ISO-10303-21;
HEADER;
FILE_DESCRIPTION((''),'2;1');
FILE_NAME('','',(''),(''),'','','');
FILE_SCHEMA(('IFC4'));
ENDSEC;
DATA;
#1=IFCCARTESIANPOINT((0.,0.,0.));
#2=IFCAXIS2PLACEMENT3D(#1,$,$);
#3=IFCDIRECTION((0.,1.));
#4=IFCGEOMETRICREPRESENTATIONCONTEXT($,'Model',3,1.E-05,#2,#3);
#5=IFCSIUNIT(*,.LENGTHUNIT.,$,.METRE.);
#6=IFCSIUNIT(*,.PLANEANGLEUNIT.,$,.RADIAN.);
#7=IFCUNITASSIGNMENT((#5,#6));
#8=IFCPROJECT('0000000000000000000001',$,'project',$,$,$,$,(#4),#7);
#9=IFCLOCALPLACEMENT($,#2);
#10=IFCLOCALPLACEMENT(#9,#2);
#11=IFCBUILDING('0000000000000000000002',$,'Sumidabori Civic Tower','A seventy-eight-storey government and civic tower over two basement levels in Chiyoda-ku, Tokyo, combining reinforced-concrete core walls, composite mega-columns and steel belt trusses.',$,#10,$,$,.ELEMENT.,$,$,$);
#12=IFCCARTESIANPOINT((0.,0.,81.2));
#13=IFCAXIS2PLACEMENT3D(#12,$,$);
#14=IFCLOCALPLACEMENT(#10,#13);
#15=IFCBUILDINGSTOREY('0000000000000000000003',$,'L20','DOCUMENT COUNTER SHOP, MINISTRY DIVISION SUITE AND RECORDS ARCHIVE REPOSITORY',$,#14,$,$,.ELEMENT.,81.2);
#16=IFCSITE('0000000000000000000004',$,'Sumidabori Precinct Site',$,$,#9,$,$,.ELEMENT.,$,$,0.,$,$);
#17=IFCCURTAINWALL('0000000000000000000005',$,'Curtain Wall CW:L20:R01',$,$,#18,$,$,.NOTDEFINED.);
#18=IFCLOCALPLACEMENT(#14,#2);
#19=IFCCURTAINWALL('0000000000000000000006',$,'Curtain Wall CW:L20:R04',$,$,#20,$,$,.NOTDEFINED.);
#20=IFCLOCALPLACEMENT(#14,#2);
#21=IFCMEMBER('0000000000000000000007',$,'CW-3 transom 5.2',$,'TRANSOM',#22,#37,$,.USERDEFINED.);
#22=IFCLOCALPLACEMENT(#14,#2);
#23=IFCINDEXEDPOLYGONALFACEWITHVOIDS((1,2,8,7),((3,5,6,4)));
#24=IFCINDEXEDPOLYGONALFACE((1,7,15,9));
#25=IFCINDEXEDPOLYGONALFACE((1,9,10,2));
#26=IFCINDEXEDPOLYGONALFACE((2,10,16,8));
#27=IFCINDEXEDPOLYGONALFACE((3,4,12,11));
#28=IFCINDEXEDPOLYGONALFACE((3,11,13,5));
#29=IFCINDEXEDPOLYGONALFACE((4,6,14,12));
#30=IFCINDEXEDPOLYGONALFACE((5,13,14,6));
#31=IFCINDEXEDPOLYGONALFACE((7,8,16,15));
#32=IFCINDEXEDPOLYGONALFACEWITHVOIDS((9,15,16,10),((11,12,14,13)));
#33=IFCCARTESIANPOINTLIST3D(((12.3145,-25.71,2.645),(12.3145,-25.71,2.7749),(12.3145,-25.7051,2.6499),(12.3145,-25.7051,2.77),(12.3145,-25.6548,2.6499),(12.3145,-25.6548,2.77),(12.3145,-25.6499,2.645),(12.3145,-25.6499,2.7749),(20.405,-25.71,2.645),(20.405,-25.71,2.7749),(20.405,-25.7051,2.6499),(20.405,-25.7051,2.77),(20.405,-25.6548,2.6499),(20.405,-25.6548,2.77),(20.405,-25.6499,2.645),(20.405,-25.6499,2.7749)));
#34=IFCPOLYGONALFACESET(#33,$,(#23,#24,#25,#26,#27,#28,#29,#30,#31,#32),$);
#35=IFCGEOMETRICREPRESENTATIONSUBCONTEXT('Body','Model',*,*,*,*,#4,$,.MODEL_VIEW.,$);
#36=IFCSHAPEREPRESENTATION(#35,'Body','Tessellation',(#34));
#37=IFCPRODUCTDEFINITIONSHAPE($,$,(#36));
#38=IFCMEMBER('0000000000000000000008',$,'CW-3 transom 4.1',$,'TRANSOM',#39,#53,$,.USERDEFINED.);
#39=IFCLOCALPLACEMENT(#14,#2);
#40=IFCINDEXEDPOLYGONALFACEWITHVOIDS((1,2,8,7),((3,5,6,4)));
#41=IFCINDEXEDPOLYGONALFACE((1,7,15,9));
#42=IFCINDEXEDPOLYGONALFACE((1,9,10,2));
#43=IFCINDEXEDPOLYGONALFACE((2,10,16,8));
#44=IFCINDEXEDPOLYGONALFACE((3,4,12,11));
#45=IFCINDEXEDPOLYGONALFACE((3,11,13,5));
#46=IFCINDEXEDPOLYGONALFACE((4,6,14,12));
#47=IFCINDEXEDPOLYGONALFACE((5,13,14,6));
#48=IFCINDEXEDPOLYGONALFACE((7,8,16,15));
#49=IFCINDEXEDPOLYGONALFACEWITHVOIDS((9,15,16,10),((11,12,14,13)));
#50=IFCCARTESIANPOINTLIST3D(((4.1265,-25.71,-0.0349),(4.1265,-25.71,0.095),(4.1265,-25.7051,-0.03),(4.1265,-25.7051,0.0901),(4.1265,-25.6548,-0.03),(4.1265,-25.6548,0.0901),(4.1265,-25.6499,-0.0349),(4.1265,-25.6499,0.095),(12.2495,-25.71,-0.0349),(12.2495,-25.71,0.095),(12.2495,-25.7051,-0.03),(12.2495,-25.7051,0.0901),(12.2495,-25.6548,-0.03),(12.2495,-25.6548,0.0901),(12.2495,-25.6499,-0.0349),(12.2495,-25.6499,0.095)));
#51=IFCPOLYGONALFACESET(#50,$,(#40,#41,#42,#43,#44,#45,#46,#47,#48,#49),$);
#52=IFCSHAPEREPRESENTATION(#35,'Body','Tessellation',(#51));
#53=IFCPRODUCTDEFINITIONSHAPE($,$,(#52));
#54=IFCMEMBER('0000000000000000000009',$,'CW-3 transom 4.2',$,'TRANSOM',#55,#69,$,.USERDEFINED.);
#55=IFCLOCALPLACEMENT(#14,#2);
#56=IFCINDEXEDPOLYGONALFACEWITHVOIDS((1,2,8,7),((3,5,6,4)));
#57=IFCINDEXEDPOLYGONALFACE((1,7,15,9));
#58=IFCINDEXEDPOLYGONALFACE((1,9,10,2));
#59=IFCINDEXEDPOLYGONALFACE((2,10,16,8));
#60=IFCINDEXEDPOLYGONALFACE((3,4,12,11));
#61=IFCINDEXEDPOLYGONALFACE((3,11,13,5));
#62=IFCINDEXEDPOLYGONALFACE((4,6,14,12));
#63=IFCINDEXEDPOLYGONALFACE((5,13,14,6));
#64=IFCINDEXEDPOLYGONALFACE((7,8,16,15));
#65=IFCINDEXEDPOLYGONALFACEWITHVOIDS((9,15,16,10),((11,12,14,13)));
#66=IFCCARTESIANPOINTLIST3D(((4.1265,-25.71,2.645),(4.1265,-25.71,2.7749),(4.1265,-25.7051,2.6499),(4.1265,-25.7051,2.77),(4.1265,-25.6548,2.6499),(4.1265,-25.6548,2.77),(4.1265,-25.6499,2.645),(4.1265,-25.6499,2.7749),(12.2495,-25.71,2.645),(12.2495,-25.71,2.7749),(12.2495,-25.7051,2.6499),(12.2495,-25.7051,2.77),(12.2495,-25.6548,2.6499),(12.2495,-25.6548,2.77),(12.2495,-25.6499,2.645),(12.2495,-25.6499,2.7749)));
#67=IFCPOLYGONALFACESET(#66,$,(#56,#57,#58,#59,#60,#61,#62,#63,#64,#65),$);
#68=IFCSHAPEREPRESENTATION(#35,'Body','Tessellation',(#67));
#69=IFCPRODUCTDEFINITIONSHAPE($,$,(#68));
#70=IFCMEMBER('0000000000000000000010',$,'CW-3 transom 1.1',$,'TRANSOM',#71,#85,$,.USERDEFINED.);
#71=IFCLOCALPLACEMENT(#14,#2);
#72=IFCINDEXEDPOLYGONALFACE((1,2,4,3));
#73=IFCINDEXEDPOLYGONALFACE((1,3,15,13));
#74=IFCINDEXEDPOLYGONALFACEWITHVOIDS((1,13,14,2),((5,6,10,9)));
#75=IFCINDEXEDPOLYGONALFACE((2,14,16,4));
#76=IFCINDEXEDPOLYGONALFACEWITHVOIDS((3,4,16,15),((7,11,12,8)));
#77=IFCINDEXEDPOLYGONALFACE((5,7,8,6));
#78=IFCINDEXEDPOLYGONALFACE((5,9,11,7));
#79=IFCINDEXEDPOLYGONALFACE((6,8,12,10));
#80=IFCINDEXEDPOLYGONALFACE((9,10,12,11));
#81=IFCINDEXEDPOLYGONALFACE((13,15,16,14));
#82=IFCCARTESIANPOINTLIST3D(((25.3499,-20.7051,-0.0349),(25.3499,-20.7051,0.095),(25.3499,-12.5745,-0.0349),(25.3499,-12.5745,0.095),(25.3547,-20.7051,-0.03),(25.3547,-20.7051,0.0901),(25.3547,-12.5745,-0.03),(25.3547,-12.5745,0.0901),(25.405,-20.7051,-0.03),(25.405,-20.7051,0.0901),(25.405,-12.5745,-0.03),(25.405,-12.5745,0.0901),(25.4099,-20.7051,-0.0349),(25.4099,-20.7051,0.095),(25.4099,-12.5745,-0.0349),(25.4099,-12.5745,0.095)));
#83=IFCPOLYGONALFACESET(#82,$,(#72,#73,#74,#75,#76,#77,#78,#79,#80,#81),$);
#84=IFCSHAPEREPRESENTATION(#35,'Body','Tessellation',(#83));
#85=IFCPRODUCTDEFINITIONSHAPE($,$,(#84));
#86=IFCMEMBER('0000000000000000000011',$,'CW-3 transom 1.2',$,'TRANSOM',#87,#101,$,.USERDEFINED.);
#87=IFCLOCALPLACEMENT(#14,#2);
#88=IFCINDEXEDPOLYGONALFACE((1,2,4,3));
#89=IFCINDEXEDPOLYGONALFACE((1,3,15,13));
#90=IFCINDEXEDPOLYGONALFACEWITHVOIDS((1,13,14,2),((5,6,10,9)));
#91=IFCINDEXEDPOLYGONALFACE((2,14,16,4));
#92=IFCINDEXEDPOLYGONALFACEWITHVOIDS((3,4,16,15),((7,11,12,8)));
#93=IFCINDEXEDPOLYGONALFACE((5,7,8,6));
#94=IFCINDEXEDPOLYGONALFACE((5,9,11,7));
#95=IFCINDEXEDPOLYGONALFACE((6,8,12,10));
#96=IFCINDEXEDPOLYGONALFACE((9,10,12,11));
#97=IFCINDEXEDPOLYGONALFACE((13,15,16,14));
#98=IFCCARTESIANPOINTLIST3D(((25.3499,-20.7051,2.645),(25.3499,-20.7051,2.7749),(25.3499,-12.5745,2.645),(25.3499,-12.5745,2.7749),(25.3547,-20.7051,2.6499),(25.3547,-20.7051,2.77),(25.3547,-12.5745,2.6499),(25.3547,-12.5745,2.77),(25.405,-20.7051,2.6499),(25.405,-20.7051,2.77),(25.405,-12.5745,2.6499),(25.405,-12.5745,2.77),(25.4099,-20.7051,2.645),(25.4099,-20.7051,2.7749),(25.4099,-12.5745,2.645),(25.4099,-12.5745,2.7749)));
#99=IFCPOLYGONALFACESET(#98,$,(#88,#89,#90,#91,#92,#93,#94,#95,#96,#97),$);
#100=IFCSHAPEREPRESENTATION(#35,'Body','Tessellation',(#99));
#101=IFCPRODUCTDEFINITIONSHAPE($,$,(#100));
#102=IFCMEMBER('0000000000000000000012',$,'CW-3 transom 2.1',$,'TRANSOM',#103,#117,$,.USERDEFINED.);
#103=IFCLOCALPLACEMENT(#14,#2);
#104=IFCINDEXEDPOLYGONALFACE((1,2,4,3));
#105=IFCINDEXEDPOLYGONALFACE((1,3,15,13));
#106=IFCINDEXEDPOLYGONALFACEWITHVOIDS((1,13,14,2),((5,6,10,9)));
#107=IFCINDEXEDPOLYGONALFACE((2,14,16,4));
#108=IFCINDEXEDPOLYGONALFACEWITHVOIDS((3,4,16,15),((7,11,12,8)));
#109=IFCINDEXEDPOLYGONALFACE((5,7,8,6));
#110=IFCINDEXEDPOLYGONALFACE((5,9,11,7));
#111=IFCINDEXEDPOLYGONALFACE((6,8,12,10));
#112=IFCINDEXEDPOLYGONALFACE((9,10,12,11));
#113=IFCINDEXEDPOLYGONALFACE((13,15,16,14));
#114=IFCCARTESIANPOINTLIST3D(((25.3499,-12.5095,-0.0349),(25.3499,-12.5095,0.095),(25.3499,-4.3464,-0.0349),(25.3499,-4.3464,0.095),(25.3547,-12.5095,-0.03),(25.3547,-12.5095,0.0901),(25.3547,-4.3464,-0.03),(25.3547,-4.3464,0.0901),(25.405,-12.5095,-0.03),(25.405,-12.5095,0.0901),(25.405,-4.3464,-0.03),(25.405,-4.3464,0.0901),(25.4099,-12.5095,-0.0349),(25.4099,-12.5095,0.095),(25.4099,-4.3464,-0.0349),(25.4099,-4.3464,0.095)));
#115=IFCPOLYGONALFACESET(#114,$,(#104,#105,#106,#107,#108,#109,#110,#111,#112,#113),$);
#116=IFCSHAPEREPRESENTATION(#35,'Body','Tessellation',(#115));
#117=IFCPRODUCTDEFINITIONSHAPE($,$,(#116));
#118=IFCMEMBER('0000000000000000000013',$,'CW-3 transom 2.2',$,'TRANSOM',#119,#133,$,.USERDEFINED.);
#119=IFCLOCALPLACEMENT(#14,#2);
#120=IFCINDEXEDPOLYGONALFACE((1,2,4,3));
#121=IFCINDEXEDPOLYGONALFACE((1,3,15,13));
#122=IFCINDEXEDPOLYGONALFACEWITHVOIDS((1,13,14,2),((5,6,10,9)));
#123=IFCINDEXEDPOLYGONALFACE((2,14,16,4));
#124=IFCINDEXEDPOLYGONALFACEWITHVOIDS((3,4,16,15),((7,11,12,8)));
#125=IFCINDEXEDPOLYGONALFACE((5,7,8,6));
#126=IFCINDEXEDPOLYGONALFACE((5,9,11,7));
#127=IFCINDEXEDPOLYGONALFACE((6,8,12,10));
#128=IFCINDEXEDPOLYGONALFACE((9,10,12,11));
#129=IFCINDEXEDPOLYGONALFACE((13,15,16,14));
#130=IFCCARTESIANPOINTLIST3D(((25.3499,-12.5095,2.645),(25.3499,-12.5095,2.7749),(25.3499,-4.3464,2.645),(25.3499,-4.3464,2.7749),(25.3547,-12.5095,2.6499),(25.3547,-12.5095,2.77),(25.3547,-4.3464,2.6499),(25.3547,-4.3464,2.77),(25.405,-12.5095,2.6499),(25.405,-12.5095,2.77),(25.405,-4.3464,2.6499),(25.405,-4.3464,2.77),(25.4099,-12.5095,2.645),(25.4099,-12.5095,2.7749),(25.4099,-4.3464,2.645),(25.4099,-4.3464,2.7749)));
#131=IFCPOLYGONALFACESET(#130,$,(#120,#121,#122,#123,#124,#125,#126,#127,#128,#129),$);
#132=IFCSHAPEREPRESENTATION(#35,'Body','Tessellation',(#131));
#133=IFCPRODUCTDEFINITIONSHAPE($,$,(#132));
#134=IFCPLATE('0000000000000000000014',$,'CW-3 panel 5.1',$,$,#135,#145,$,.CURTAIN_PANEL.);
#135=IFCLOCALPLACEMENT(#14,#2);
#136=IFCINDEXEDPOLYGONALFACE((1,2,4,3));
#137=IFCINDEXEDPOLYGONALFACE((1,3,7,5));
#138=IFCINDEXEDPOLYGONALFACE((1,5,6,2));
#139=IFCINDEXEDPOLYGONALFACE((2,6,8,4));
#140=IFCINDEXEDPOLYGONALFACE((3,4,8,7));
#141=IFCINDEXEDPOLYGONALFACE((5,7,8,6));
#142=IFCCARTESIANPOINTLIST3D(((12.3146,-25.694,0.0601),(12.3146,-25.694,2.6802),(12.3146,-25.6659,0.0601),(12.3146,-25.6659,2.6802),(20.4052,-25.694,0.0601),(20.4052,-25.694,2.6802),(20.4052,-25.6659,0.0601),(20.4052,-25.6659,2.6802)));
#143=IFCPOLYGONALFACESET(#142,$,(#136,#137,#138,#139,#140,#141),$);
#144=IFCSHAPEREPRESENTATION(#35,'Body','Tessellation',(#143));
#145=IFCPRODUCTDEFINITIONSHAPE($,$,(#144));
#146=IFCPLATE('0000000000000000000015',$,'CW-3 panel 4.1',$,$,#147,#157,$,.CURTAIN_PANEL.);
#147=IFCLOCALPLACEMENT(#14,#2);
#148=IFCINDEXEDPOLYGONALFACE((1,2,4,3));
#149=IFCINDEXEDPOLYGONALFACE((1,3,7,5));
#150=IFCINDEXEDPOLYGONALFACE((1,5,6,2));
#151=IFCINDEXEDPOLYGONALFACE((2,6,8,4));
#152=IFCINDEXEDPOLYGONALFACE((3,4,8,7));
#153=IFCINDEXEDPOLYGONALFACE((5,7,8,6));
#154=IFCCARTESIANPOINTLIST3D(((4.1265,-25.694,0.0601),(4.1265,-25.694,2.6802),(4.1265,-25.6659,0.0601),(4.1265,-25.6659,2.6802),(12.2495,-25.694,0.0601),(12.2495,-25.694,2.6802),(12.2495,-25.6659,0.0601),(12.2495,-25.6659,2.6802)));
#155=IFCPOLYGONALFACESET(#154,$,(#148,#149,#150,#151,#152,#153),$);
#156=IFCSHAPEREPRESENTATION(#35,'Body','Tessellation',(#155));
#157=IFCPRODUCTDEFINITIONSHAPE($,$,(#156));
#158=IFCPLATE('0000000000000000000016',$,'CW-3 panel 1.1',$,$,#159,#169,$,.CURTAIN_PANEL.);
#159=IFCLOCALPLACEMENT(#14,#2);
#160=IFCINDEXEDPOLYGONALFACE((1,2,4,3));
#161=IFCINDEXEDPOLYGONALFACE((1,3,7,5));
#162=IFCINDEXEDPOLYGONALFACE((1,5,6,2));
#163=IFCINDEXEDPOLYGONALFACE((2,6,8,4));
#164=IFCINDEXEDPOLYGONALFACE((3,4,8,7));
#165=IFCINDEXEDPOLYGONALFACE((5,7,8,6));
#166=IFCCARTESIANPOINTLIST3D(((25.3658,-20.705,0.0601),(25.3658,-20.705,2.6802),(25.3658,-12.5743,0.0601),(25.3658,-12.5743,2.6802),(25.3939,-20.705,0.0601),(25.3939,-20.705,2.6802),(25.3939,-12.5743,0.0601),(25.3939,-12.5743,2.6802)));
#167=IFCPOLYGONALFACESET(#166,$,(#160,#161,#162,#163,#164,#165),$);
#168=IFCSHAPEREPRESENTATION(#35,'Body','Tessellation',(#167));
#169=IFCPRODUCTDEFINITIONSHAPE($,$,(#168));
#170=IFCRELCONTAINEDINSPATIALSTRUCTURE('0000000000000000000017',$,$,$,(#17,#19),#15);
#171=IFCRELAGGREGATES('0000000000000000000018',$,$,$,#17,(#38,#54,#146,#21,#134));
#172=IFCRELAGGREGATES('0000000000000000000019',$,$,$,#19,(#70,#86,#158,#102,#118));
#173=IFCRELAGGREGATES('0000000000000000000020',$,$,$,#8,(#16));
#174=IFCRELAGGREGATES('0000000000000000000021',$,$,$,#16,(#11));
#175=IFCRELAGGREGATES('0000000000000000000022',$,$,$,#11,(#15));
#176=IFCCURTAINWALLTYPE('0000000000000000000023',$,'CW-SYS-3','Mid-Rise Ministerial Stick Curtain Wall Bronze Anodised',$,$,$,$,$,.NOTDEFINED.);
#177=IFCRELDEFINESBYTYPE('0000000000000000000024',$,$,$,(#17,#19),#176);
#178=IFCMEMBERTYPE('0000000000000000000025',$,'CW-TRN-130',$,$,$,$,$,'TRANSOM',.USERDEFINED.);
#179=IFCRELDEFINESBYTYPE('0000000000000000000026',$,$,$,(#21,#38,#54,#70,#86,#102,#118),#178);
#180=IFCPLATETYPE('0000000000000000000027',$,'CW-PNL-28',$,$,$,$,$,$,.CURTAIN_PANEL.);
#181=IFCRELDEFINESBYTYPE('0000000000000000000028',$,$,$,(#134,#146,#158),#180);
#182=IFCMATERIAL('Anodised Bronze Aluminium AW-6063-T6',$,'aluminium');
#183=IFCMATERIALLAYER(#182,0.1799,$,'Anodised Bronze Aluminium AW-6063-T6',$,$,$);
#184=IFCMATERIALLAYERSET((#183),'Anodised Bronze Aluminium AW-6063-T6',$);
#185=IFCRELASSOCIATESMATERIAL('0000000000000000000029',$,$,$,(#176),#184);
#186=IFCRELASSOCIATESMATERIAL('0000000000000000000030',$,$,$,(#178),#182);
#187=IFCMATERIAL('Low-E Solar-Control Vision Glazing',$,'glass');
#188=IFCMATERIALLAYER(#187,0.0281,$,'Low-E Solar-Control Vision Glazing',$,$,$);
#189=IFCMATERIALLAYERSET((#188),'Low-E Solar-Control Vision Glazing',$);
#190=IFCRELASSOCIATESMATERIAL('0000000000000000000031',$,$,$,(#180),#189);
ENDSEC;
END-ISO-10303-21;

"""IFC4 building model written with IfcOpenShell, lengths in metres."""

from ifc_helpers import new_model, si_unit, direction, frame, origin, origin_2d, place, context, subcontext, project, spatial, rectangle, hollow_rectangle, extrude, source, transform, mapped, material, layer, layer_set, material_profile, profile_set, type_object, element, aggregate, save


model = new_model("IFC4")

# Units and contexts
model_context = context("Model", 3, precision=1e-05, world=origin(), true_north=direction((0.0, 1.0)))
body_context = subcontext(model_context, "Body", "Model", "MODEL_VIEW")
ifc_project = project(units=[si_unit("LENGTHUNIT", "METRE"), si_unit("PLANEANGLEUNIT", "RADIAN")], contexts=[model_context])

# Site, building, storey
site_placement = place(None, origin())
site = spatial("IfcSite", under=ifc_project, at=site_placement, Name="Sumidabori Precinct Site", CompositionType="ELEMENT", RefElevation=0.0)
building_placement = place(site_placement, origin())
building = spatial("IfcBuilding", under=site, at=building_placement, Name="Sumidabori Civic Tower", Description="A seventy-eight-storey government and civic tower over two basement levels in Chiyoda-ku, Tokyo, combining reinforced-concrete core walls, composite mega-columns and steel belt trusses.", CompositionType="ELEMENT")
storey_placement = place(building_placement, frame((0.0, 0.0, 81.2)))
storey = spatial("IfcBuildingStorey", under=building, at=storey_placement, Name="L20", Description="DOCUMENT COUNTER SHOP, MINISTRY DIVISION SUITE AND RECORDS ARCHIVE REPOSITORY", CompositionType="ELEMENT", Elevation=81.2)

# Curtain walls
ifc_material_1 = material(Name="Anodised Bronze Aluminium AW-6063-T6", Category="aluminium")
ifc_layer_1 = layer(ifc_material_1, 0.1799, Name="Anodised Bronze Aluminium AW-6063-T6")
ifc_layer_set_1 = layer_set([ifc_layer_1], Name="Anodised Bronze Aluminium AW-6063-T6")
curtain_wall_type = type_object("IfcCurtainWallType", Name="CW-SYS-3", Description="Mid-Rise Ministerial Stick Curtain Wall Bronze Anodised", PredefinedType="NOTDEFINED", material=ifc_layer_set_1)
curtain_wall_1_placement = place(storey_placement, origin())
curtain_wall_1 = element("IfcCurtainWall", 1, at=curtain_wall_1_placement, inside=storey, type_object=curtain_wall_type, Name="Curtain Wall CW:L20:R01", PredefinedType="NOTDEFINED")
curtain_wall_2_placement = place(storey_placement, origin())
curtain_wall_2 = element("IfcCurtainWall", 2, at=curtain_wall_2_placement, inside=storey, type_object=curtain_wall_type, Name="Curtain Wall CW:L20:R04", PredefinedType="NOTDEFINED")

# Members
ifc_material_profile_1 = material_profile(ifc_material_1, hollow_rectangle(XDim=0.0601, YDim=0.1299, WallThickness=0.0049, at=origin_2d()), Name="ALU TRANSOM 130x60")
ifc_profile_set_1 = profile_set([ifc_material_profile_1], Name="Anodised Bronze Aluminium AW-6063-T6")
member_type_1 = type_object("IfcMemberType", Name="CW-TRN-130", ElementType="TRANSOM", PredefinedType="USERDEFINED", material=ifc_profile_set_1)
shared_shape_1 = source(origin(), body_context, "Body", "SweptSolid", [
    extrude(hollow_rectangle(XDim=0.0601, YDim=0.1299, WallThickness=0.0049, at=origin_2d()), origin(), (0.0, 0.0, 1.0), 8.0906),
])
member_1_placement = place(storey_placement, frame((12.3145, -25.6799, 2.71), z_axis=(1.0, 0.0, 0.0), x_axis=(0.0, 1.0, 0.0)))
member_1 = element("IfcMember", 3, at=member_1_placement, type_object=member_type_1, Name="CW-3 transom 5.2", ObjectType="TRANSOM", PredefinedType="USERDEFINED", context=body_context, shape_type="MappedRepresentation", body=[
    mapped(shared_shape_1, transform((0.0, 0.0, 0.0), x_axis=(1.0, 0.0, 0.0), y_axis=(0.0, 1.0, 0.0), z_axis=(0.0, 0.0, 1.0), scale=1.0)),
])
shared_shape_2 = source(origin(), body_context, "Body", "SweptSolid", [
    extrude(hollow_rectangle(XDim=0.0601, YDim=0.1299, WallThickness=0.0049, at=origin_2d()), origin(), (0.0, 0.0, 1.0), 8.123),
])
member_2_placement = place(storey_placement, frame((4.1265, -25.6799, 0.03), z_axis=(1.0, 0.0, 0.0), x_axis=(0.0, 1.0, 0.0)))
member_2 = element("IfcMember", 4, at=member_2_placement, type_object=member_type_1, Name="CW-3 transom 4.1", ObjectType="TRANSOM", PredefinedType="USERDEFINED", context=body_context, shape_type="MappedRepresentation", body=[
    mapped(shared_shape_2, transform((0.0, 0.0, 0.0), x_axis=(1.0, 0.0, 0.0), y_axis=(0.0, 1.0, 0.0), z_axis=(0.0, 0.0, 1.0), scale=1.0)),
])
member_3_placement = place(storey_placement, frame((4.1265, -25.6799, 2.71), z_axis=(1.0, 0.0, 0.0), x_axis=(0.0, 1.0, 0.0)))
member_3 = element("IfcMember", 5, at=member_3_placement, type_object=member_type_1, Name="CW-3 transom 4.2", ObjectType="TRANSOM", PredefinedType="USERDEFINED", context=body_context, shape_type="MappedRepresentation", body=[
    mapped(shared_shape_2, transform((0.0, 0.0, 0.0), x_axis=(1.0, 0.0, 0.0), y_axis=(0.0, 1.0, 0.0), z_axis=(0.0, 0.0, 1.0), scale=1.0)),
])
shared_shape_3 = source(origin(), body_context, "Body", "SweptSolid", [
    extrude(hollow_rectangle(XDim=0.0601, YDim=0.1299, WallThickness=0.0049, at=origin_2d()), origin(), (0.0, 0.0, 1.0), 8.1306),
])
member_4_placement = place(storey_placement, frame((25.3799, -20.7051, 0.03), z_axis=(0.0, 1.0, 0.0), x_axis=(-1.0, 0.0, 0.0)))
member_4 = element("IfcMember", 6, at=member_4_placement, type_object=member_type_1, Name="CW-3 transom 1.1", ObjectType="TRANSOM", PredefinedType="USERDEFINED", context=body_context, shape_type="MappedRepresentation", body=[
    mapped(shared_shape_3, transform((0.0, 0.0, 0.0), x_axis=(1.0, 0.0, 0.0), y_axis=(0.0, 1.0, 0.0), z_axis=(0.0, 0.0, 1.0), scale=1.0)),
])
member_5_placement = place(storey_placement, frame((25.3799, -20.7051, 2.71), z_axis=(0.0, 1.0, 0.0), x_axis=(-1.0, 0.0, 0.0)))
member_5 = element("IfcMember", 7, at=member_5_placement, type_object=member_type_1, Name="CW-3 transom 1.2", ObjectType="TRANSOM", PredefinedType="USERDEFINED", context=body_context, shape_type="MappedRepresentation", body=[
    mapped(shared_shape_3, transform((0.0, 0.0, 0.0), x_axis=(1.0, 0.0, 0.0), y_axis=(0.0, 1.0, 0.0), z_axis=(0.0, 0.0, 1.0), scale=1.0)),
])
shared_shape_4 = source(origin(), body_context, "Body", "SweptSolid", [
    extrude(hollow_rectangle(XDim=0.0601, YDim=0.1299, WallThickness=0.0049, at=origin_2d()), origin(), (0.0, 0.0, 1.0), 8.1631),
])
member_6_placement = place(storey_placement, frame((25.3799, -12.5095, 0.03), z_axis=(0.0, 1.0, 0.0), x_axis=(-1.0, 0.0, 0.0)))
member_6 = element("IfcMember", 8, at=member_6_placement, type_object=member_type_1, Name="CW-3 transom 2.1", ObjectType="TRANSOM", PredefinedType="USERDEFINED", context=body_context, shape_type="MappedRepresentation", body=[
    mapped(shared_shape_4, transform((0.0, 0.0, 0.0), x_axis=(1.0, 0.0, 0.0), y_axis=(0.0, 1.0, 0.0), z_axis=(0.0, 0.0, 1.0), scale=1.0)),
])
member_7_placement = place(storey_placement, frame((25.3799, -12.5095, 2.71), z_axis=(0.0, 1.0, 0.0), x_axis=(-1.0, 0.0, 0.0)))
member_7 = element("IfcMember", 9, at=member_7_placement, type_object=member_type_1, Name="CW-3 transom 2.2", ObjectType="TRANSOM", PredefinedType="USERDEFINED", context=body_context, shape_type="MappedRepresentation", body=[
    mapped(shared_shape_4, transform((0.0, 0.0, 0.0), x_axis=(1.0, 0.0, 0.0), y_axis=(0.0, 1.0, 0.0), z_axis=(0.0, 0.0, 1.0), scale=1.0)),
])

# Plates
ifc_material_2 = material(Name="Low-E Solar-Control Vision Glazing", Category="glass")
ifc_layer_2 = layer(ifc_material_2, 0.0281, Name="Low-E Solar-Control Vision Glazing")
ifc_layer_set_2 = layer_set([ifc_layer_2], Name="Low-E Solar-Control Vision Glazing")
plate_type = type_object("IfcPlateType", Name="CW-PNL-28", PredefinedType="CURTAIN_PANEL", material=ifc_layer_set_2)
shared_shape_5 = source(origin(), body_context, "Body", "SweptSolid", [
    extrude(rectangle(XDim=8.0906, YDim=0.0281, at=origin_2d()), origin(), (0.0, 0.0, 1.0), 2.6201),
])
plate_1_placement = place(storey_placement, frame((16.3599, -25.6799, 0.0601), z_axis=(0.0, 0.0, 1.0), x_axis=(1.0, 0.0, 0.0)))
plate_1 = element("IfcPlate", 10, at=plate_1_placement, type_object=plate_type, Name="CW-3 panel 5.1", PredefinedType="CURTAIN_PANEL", context=body_context, shape_type="MappedRepresentation", body=[
    mapped(shared_shape_5, transform((0.0, 0.0, 0.0), x_axis=(1.0, 0.0, 0.0), y_axis=(0.0, 1.0, 0.0), z_axis=(0.0, 0.0, 1.0), scale=1.0)),
])
shared_shape_6 = source(origin(), body_context, "Body", "SweptSolid", [
    extrude(rectangle(XDim=8.123, YDim=0.0281, at=origin_2d()), origin(), (0.0, 0.0, 1.0), 2.6201),
])
plate_2_placement = place(storey_placement, frame((8.188, -25.6799, 0.0601), z_axis=(0.0, 0.0, 1.0), x_axis=(1.0, 0.0, 0.0)))
plate_2 = element("IfcPlate", 11, at=plate_2_placement, type_object=plate_type, Name="CW-3 panel 4.1", PredefinedType="CURTAIN_PANEL", context=body_context, shape_type="MappedRepresentation", body=[
    mapped(shared_shape_6, transform((0.0, 0.0, 0.0), x_axis=(1.0, 0.0, 0.0), y_axis=(0.0, 1.0, 0.0), z_axis=(0.0, 0.0, 1.0), scale=1.0)),
])
aggregate(curtain_wall_1, [member_2, member_3, plate_2, member_1, plate_1])
shared_shape_7 = source(origin(), body_context, "Body", "SweptSolid", [
    extrude(rectangle(XDim=8.1306, YDim=0.0281, at=origin_2d()), origin(), (0.0, 0.0, 1.0), 2.6201),
])
plate_3_placement = place(storey_placement, frame((25.3799, -16.6396, 0.0601), z_axis=(0.0, 0.0, 1.0), x_axis=(0.0, 1.0, 0.0)))
plate_3 = element("IfcPlate", 12, at=plate_3_placement, type_object=plate_type, Name="CW-3 panel 1.1", PredefinedType="CURTAIN_PANEL", context=body_context, shape_type="MappedRepresentation", body=[
    mapped(shared_shape_7, transform((0.0, 0.0, 0.0), x_axis=(1.0, 0.0, 0.0), y_axis=(0.0, 1.0, 0.0), z_axis=(0.0, 0.0, 1.0), scale=1.0)),
])
aggregate(curtain_wall_2, [member_4, member_5, plate_3, member_6, member_7])

save(model, "model.ifc")
